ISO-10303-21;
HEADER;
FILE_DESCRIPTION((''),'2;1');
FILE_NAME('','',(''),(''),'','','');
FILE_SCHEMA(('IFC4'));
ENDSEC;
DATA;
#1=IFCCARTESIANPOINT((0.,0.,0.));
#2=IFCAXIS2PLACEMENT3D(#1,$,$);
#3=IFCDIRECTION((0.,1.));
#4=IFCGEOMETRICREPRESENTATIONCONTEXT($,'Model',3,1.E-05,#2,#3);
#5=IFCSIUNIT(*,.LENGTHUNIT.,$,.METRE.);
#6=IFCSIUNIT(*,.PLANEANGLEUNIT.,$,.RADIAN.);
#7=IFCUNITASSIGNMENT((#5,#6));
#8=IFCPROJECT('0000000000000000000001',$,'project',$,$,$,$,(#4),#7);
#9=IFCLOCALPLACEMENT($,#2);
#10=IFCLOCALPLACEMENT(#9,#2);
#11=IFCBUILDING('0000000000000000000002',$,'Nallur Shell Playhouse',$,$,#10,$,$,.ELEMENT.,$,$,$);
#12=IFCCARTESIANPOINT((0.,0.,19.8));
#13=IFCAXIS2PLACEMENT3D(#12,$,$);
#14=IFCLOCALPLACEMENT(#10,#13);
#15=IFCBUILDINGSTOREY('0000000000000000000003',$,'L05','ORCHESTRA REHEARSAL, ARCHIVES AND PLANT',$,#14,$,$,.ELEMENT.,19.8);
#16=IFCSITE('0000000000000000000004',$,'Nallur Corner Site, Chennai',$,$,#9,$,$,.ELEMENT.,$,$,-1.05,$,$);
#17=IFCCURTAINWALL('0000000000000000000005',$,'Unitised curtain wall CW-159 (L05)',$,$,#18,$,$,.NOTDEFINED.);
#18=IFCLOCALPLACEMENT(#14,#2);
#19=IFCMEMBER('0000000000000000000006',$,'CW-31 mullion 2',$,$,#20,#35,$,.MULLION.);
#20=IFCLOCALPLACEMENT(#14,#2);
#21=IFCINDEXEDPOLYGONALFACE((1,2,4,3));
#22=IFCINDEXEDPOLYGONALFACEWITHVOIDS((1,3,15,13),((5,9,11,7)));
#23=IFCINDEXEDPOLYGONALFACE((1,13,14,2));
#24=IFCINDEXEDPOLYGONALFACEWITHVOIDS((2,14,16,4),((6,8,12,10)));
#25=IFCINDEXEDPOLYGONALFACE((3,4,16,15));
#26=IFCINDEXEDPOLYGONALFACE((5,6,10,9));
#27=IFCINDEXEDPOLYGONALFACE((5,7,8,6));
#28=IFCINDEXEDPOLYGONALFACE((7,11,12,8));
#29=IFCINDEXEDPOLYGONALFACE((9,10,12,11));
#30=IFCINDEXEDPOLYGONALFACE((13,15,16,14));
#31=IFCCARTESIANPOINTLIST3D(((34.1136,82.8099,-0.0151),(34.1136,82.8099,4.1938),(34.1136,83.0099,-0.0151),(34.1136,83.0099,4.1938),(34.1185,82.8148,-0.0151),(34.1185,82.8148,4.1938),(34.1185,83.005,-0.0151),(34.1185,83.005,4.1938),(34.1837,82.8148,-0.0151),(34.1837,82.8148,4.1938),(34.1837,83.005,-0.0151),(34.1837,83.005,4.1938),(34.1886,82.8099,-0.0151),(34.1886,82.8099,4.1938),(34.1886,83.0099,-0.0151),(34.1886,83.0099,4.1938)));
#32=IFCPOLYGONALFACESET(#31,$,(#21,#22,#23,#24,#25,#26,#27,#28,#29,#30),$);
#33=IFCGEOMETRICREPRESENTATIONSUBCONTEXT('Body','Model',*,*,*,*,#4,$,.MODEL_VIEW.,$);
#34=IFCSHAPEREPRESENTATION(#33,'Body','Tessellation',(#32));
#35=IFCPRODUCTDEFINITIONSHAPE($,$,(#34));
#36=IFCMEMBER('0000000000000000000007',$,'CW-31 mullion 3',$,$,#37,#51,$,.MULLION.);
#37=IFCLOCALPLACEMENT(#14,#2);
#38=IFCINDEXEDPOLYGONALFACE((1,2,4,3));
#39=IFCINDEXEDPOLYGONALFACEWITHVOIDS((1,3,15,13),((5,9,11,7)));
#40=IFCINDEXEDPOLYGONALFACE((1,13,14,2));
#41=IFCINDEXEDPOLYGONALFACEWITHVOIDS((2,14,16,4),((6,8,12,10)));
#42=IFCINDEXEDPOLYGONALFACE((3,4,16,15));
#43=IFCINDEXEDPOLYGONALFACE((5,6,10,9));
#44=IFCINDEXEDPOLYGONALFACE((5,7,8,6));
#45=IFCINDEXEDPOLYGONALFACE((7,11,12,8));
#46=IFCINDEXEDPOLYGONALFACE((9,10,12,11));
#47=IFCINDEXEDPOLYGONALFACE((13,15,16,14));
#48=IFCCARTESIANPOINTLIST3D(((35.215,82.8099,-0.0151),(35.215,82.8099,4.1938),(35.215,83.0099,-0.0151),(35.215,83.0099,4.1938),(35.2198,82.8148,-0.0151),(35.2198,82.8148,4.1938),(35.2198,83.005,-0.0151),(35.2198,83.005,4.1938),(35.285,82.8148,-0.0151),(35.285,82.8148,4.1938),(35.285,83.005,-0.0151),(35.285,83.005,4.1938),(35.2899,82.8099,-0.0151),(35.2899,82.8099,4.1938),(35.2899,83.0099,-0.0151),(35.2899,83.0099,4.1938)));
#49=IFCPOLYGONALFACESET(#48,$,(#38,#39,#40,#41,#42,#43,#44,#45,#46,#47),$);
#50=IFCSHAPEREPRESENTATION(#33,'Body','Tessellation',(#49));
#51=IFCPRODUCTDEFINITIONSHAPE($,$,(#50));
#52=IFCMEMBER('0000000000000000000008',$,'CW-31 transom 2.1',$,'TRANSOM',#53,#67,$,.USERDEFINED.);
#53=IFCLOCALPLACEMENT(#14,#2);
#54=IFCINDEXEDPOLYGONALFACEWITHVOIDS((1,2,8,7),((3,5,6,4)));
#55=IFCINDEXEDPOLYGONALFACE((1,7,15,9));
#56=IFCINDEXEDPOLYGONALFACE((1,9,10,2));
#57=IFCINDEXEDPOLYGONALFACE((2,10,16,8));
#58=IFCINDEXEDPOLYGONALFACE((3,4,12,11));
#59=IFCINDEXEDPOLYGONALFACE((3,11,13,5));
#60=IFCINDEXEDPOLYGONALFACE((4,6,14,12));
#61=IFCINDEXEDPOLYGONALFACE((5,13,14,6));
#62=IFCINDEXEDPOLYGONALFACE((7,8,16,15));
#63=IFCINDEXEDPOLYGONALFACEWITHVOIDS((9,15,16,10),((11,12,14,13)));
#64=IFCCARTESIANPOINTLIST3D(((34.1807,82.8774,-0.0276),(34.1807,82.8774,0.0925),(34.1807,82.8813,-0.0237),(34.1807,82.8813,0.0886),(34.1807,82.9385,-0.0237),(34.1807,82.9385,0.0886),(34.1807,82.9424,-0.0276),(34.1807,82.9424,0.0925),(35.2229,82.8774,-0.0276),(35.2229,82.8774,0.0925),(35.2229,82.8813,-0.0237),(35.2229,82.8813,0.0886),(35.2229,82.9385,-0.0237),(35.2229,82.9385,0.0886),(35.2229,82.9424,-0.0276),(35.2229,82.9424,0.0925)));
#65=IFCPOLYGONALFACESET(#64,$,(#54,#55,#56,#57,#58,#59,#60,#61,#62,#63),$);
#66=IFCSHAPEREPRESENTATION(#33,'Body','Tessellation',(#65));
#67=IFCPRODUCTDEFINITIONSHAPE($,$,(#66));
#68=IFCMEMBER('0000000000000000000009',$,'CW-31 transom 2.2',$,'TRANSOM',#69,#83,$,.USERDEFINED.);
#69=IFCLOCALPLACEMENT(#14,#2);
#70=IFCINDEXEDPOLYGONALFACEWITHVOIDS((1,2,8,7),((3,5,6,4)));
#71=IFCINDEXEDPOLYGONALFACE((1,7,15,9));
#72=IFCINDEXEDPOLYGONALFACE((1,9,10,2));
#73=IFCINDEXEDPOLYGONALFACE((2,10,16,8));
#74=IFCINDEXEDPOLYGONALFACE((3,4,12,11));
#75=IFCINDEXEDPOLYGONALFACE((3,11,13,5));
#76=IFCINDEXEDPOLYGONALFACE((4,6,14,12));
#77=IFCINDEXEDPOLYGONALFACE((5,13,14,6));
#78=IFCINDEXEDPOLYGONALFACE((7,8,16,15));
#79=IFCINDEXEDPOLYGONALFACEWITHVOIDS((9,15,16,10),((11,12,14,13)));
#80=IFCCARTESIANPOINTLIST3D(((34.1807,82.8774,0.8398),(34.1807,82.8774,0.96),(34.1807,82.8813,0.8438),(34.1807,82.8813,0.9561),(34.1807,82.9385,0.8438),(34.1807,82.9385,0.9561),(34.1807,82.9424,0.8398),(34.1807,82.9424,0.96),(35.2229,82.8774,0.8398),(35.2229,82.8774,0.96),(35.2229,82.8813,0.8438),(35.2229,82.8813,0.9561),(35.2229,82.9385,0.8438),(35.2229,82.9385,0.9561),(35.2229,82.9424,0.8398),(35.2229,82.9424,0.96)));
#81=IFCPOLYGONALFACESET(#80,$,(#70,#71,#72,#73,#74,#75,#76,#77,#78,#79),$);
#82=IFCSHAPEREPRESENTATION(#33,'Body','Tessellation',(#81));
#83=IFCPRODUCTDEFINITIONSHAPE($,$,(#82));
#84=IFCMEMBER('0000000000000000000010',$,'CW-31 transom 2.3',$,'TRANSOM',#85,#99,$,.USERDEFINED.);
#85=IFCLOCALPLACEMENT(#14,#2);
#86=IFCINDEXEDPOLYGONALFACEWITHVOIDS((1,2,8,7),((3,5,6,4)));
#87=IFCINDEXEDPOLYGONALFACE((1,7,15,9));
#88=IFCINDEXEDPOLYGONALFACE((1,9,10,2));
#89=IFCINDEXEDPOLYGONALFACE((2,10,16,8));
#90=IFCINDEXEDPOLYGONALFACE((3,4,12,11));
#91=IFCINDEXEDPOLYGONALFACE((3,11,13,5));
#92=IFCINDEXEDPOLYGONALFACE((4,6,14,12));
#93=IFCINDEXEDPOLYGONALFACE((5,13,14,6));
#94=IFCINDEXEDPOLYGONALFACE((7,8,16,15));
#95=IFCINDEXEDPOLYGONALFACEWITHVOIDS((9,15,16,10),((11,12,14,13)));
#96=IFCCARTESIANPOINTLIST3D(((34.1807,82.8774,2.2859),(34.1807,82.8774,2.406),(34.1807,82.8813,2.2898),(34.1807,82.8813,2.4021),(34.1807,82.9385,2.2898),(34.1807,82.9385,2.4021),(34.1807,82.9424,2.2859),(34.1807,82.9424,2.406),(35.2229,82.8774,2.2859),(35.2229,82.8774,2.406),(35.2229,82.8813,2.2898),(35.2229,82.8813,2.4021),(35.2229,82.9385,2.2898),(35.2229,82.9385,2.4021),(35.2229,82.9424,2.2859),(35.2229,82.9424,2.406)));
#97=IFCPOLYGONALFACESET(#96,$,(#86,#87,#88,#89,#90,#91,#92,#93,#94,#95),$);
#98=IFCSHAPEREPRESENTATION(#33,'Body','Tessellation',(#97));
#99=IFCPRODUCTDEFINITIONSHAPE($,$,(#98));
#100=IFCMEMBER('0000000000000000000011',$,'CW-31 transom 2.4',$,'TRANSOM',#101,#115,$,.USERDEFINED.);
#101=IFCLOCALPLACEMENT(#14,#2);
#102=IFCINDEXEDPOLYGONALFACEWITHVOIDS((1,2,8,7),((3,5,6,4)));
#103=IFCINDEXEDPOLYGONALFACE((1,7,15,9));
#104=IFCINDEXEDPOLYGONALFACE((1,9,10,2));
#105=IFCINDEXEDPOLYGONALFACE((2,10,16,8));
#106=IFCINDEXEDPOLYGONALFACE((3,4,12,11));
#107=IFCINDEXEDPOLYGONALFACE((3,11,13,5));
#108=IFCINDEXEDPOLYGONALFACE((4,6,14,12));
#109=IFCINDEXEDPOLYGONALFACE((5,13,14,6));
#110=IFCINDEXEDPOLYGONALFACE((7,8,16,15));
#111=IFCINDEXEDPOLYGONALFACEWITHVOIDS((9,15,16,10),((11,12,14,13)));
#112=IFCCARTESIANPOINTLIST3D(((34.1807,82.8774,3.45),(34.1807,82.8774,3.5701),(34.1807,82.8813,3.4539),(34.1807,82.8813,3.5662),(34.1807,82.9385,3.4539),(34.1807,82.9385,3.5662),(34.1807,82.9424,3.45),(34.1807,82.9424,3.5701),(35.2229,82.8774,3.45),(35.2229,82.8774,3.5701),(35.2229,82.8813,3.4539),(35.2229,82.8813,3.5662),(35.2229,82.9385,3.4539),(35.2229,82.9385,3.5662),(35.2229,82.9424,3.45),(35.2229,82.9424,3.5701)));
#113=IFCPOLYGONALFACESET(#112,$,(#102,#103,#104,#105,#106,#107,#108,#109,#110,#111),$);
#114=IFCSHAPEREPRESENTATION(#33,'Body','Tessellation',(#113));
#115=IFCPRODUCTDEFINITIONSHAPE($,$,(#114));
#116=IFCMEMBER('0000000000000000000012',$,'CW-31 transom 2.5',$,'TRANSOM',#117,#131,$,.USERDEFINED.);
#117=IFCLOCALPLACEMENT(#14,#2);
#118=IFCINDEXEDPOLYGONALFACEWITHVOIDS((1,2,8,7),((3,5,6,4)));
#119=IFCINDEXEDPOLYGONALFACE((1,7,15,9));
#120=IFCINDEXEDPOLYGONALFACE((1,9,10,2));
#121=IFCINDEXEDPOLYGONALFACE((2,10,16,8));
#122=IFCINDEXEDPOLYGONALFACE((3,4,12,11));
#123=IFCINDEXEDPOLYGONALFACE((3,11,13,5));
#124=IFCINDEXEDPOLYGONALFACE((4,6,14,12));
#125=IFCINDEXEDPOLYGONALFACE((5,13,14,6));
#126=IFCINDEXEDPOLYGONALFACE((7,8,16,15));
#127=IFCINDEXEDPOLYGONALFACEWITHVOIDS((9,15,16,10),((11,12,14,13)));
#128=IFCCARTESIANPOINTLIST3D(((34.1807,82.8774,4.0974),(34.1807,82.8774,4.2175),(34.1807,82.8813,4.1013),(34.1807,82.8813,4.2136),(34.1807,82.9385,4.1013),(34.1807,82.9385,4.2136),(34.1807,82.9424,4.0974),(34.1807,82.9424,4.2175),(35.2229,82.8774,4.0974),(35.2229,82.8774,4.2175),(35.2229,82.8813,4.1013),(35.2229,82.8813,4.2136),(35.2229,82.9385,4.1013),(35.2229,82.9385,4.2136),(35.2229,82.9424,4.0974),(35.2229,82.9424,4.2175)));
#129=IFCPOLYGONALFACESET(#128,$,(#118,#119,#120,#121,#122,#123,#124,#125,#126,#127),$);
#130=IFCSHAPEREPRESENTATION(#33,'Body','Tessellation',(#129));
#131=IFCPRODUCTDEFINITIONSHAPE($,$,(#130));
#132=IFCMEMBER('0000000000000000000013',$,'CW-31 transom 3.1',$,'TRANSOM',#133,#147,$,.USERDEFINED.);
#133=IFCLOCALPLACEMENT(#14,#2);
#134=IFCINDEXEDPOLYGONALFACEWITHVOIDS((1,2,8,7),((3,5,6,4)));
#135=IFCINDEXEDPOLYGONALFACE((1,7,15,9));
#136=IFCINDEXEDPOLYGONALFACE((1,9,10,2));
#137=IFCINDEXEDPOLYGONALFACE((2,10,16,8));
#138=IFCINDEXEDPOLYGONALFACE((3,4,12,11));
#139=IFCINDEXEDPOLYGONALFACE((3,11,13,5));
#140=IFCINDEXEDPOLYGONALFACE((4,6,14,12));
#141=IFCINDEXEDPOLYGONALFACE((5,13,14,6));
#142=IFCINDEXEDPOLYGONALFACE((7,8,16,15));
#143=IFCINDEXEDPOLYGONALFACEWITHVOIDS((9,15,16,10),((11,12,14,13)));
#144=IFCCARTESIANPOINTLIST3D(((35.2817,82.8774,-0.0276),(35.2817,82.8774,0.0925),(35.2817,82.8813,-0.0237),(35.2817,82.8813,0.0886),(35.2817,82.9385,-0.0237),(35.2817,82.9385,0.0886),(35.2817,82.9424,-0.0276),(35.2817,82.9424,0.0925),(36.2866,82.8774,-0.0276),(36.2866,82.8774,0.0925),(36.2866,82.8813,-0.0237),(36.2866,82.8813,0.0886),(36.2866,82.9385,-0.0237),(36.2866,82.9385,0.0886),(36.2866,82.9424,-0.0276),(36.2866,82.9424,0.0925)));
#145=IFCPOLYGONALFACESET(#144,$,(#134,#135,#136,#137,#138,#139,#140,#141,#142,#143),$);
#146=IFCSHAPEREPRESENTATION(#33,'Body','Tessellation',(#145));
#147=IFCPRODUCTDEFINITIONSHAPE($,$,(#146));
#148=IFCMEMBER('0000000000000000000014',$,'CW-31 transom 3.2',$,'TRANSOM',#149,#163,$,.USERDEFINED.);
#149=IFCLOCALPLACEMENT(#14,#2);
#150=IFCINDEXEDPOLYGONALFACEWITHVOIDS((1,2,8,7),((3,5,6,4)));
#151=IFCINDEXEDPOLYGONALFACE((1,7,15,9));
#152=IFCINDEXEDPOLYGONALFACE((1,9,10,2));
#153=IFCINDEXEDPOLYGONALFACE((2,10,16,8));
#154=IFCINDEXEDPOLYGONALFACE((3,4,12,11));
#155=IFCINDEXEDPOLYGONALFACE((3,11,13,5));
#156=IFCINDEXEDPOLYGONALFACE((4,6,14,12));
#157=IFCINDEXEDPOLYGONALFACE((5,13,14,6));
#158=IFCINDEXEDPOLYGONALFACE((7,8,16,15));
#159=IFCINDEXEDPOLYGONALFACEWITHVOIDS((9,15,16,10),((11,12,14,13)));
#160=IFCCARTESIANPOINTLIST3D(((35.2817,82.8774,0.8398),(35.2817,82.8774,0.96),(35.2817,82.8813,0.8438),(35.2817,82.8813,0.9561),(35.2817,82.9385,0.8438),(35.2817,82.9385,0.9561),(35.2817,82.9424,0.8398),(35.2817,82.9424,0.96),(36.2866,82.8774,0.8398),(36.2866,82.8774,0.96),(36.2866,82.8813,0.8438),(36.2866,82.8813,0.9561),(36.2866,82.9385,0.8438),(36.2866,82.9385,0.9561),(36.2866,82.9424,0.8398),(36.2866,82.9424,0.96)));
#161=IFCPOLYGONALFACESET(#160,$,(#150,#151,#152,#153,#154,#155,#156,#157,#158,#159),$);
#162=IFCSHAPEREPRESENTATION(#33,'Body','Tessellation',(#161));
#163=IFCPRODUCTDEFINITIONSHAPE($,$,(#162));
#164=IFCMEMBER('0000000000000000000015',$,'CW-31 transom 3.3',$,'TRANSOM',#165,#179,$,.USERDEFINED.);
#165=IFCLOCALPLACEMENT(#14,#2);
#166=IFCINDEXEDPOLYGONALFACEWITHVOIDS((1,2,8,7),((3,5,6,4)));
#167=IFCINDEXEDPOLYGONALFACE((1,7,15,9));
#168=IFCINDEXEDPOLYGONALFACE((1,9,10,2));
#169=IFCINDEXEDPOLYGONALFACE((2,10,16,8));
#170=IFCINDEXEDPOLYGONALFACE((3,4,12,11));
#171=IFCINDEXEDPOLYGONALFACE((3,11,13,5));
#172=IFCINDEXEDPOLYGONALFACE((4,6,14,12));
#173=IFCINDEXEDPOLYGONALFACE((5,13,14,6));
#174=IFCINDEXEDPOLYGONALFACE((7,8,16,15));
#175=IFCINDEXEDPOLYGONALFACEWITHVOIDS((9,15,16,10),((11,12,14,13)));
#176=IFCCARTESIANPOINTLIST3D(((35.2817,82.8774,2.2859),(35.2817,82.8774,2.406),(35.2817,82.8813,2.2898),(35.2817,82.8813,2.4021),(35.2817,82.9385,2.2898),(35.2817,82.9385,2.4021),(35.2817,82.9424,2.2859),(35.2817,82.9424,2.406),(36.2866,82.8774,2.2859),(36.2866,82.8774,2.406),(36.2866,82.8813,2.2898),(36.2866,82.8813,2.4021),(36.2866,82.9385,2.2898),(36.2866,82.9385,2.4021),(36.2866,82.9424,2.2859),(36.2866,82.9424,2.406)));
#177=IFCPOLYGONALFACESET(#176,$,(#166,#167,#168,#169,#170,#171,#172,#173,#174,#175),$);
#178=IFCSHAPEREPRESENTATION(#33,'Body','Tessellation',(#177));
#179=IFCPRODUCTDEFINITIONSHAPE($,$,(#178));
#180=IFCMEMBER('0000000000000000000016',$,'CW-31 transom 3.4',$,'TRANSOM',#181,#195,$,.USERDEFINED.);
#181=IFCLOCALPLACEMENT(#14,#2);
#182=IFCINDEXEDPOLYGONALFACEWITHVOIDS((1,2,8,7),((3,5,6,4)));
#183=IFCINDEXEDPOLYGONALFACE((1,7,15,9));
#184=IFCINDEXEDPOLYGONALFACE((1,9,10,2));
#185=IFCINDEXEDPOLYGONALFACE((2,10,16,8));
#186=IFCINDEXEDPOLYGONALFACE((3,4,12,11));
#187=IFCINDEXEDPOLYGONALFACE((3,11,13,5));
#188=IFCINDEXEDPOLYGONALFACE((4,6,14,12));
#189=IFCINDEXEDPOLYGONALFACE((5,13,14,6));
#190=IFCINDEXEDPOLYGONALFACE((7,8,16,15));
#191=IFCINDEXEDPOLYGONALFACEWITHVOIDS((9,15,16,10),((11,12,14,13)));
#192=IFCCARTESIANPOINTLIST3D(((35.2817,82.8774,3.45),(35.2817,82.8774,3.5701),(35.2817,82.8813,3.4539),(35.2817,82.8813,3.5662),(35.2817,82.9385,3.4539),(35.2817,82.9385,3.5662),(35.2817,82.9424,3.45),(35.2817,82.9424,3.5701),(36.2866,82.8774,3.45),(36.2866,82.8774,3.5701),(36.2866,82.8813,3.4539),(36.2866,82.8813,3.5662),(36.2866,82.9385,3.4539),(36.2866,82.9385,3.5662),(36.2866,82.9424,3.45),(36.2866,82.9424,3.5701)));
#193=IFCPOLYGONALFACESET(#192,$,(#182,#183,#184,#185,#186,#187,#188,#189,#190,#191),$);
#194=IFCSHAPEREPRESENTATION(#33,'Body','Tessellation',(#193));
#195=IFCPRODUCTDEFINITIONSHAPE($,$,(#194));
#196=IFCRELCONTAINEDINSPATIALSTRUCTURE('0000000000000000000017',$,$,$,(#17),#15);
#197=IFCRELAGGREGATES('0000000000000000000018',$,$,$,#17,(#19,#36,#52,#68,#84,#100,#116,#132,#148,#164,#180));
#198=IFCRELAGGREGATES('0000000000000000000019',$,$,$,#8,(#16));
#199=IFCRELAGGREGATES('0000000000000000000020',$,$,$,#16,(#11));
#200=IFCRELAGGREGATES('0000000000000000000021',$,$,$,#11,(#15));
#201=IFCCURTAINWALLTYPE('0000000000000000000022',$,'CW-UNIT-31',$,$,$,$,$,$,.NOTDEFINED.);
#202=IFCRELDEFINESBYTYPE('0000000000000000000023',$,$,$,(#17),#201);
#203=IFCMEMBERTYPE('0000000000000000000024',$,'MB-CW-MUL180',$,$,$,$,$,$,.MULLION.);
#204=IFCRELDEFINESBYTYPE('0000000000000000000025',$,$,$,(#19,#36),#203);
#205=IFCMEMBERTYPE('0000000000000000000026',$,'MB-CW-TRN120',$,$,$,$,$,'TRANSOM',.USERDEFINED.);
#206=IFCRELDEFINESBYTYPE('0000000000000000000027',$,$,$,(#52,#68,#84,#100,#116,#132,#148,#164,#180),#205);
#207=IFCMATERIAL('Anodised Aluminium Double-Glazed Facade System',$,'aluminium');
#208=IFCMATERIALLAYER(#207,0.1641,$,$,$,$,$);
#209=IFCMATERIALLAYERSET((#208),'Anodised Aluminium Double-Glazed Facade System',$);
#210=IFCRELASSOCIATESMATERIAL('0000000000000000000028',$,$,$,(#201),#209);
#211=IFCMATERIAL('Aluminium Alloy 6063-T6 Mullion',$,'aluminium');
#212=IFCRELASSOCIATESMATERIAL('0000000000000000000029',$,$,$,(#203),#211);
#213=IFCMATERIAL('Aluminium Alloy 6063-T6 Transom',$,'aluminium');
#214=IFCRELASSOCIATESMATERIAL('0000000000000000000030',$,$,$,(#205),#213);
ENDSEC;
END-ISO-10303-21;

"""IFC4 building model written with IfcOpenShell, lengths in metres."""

from ifc_helpers import new_model, si_unit, direction, frame, origin, origin_2d, place, context, subcontext, project, spatial, hollow_rectangle, extrude, material, layer, layer_set, material_profile, profile_set, type_object, element, aggregate, save


model = new_model("IFC4")

# Units and contexts
model_context = context("Model", 3, precision=1e-05, world=origin(), true_north=direction((0.0, 1.0)))
body_context = subcontext(model_context, "Body", "Model", "MODEL_VIEW")
ifc_project = project(units=[si_unit("LENGTHUNIT", "METRE"), si_unit("PLANEANGLEUNIT", "RADIAN")], contexts=[model_context])

# Site, building, storey
site_placement = place(None, origin())
site = spatial("IfcSite", under=ifc_project, at=site_placement, Name="Nallur Corner Site, Chennai", CompositionType="ELEMENT", RefElevation=-1.05)
building_placement = place(site_placement, origin())
building = spatial("IfcBuilding", under=site, at=building_placement, Name="Nallur Shell Playhouse", CompositionType="ELEMENT")
storey_placement = place(building_placement, frame((0.0, 0.0, 19.8)))
storey = spatial("IfcBuildingStorey", under=building, at=storey_placement, Name="L05", Description="ORCHESTRA REHEARSAL, ARCHIVES AND PLANT", CompositionType="ELEMENT", Elevation=19.8)

# Curtain wall, members
ifc_material_1 = material(Name="Anodised Aluminium Double-Glazed Facade System", Category="aluminium")
ifc_layer_1 = layer(ifc_material_1, 0.1641)
ifc_layer_set_1 = layer_set([ifc_layer_1], Name="Anodised Aluminium Double-Glazed Facade System")
curtain_wall_type = type_object("IfcCurtainWallType", Name="CW-UNIT-31", PredefinedType="NOTDEFINED", material=ifc_layer_set_1)
curtain_wall_placement = place(storey_placement, origin())
curtain_wall = element("IfcCurtainWall", 1, at=curtain_wall_placement, inside=storey, type_object=curtain_wall_type, Name="Unitised curtain wall CW-159 (L05)", PredefinedType="NOTDEFINED")
ifc_material_2 = material(Name="Aluminium Alloy 6063-T6 Mullion", Category="aluminium")
ifc_material_profile_1 = material_profile(ifc_material_2, hollow_rectangle(XDim=0.075, YDim=0.2, WallThickness=0.0049, at=origin_2d()), Name="ALU 75x200x5")
ifc_profile_set_1 = profile_set([ifc_material_profile_1], Name="Aluminium Alloy 6063-T6 Mullion")
member_type_1 = type_object("IfcMemberType", Name="MB-CW-MUL180", PredefinedType="MULLION", material=ifc_profile_set_1)
member_1_placement = place(storey_placement, frame((34.1511, 82.9099, -0.0151), z_axis=(0.0, 0.0, 1.0), x_axis=(1.0, 0.0, 0.0)))
member_1 = element("IfcMember", 2, at=member_1_placement, type_object=member_type_1, Name="CW-31 mullion 2", PredefinedType="MULLION", context=body_context, shape_type="SweptSolid", body=[
    extrude(hollow_rectangle(XDim=0.075, YDim=0.2, WallThickness=0.0049, at=origin_2d()), origin(), (0.0, 0.0, 1.0), 4.209),
])
member_2_placement = place(storey_placement, frame((35.2524, 82.9099, -0.0151), z_axis=(0.0, 0.0, 1.0), x_axis=(1.0, 0.0, 0.0)))
member_2 = element("IfcMember", 3, at=member_2_placement, type_object=member_type_1, Name="CW-31 mullion 3", PredefinedType="MULLION", context=body_context, shape_type="SweptSolid", body=[
    extrude(hollow_rectangle(XDim=0.075, YDim=0.2, WallThickness=0.0049, at=origin_2d()), origin(), (0.0, 0.0, 1.0), 4.209),
])
ifc_material_3 = material(Name="Aluminium Alloy 6063-T6 Transom", Category="aluminium")
ifc_material_profile_2 = material_profile(ifc_material_3, hollow_rectangle(XDim=0.0649, YDim=0.1201, WallThickness=0.0039, at=origin_2d()), Name="ALU 65x120x4")
ifc_profile_set_2 = profile_set([ifc_material_profile_2], Name="Aluminium Alloy 6063-T6 Transom")
member_type_2 = type_object("IfcMemberType", Name="MB-CW-TRN120", ElementType="TRANSOM", PredefinedType="USERDEFINED", material=ifc_profile_set_2)
member_3_placement = place(storey_placement, frame((34.1807, 82.9099, 0.0325), z_axis=(1.0, 0.0, 0.0), x_axis=(0.0, 1.0, 0.0)))
member_3 = element("IfcMember", 4, at=member_3_placement, type_object=member_type_2, Name="CW-31 transom 2.1", ObjectType="TRANSOM", PredefinedType="USERDEFINED", context=body_context, shape_type="SweptSolid", body=[
    extrude(hollow_rectangle(XDim=0.0649, YDim=0.1201, WallThickness=0.0039, at=origin_2d()), origin(), (0.0, 0.0, 1.0), 1.0422),
])
member_4_placement = place(storey_placement, frame((34.1807, 82.9099, 0.8999), z_axis=(1.0, 0.0, 0.0), x_axis=(0.0, 1.0, 0.0)))
member_4 = element("IfcMember", 5, at=member_4_placement, type_object=member_type_2, Name="CW-31 transom 2.2", ObjectType="TRANSOM", PredefinedType="USERDEFINED", context=body_context, shape_type="SweptSolid", body=[
    extrude(hollow_rectangle(XDim=0.0649, YDim=0.1201, WallThickness=0.0039, at=origin_2d()), origin(), (0.0, 0.0, 1.0), 1.0422),
])
member_5_placement = place(storey_placement, frame((34.1807, 82.9099, 2.3459), z_axis=(1.0, 0.0, 0.0), x_axis=(0.0, 1.0, 0.0)))
member_5 = element("IfcMember", 6, at=member_5_placement, type_object=member_type_2, Name="CW-31 transom 2.3", ObjectType="TRANSOM", PredefinedType="USERDEFINED", context=body_context, shape_type="SweptSolid", body=[
    extrude(hollow_rectangle(XDim=0.0649, YDim=0.1201, WallThickness=0.0039, at=origin_2d()), origin(), (0.0, 0.0, 1.0), 1.0422),
])
member_6_placement = place(storey_placement, frame((34.1807, 82.9099, 3.51), z_axis=(1.0, 0.0, 0.0), x_axis=(0.0, 1.0, 0.0)))
member_6 = element("IfcMember", 7, at=member_6_placement, type_object=member_type_2, Name="CW-31 transom 2.4", ObjectType="TRANSOM", PredefinedType="USERDEFINED", context=body_context, shape_type="SweptSolid", body=[
    extrude(hollow_rectangle(XDim=0.0649, YDim=0.1201, WallThickness=0.0039, at=origin_2d()), origin(), (0.0, 0.0, 1.0), 1.0422),
])
member_7_placement = place(storey_placement, frame((34.1807, 82.9099, 4.1575), z_axis=(1.0, 0.0, 0.0), x_axis=(0.0, 1.0, 0.0)))
member_7 = element("IfcMember", 8, at=member_7_placement, type_object=member_type_2, Name="CW-31 transom 2.5", ObjectType="TRANSOM", PredefinedType="USERDEFINED", context=body_context, shape_type="SweptSolid", body=[
    extrude(hollow_rectangle(XDim=0.0649, YDim=0.1201, WallThickness=0.0039, at=origin_2d()), origin(), (0.0, 0.0, 1.0), 1.0422),
])
member_8_placement = place(storey_placement, frame((35.2817, 82.9099, 0.0325), z_axis=(1.0, 0.0, 0.0), x_axis=(0.0, 1.0, 0.0)))
member_8 = element("IfcMember", 9, at=member_8_placement, type_object=member_type_2, Name="CW-31 transom 3.1", ObjectType="TRANSOM", PredefinedType="USERDEFINED", context=body_context, shape_type="SweptSolid", body=[
    extrude(hollow_rectangle(XDim=0.0649, YDim=0.1201, WallThickness=0.0039, at=origin_2d()), origin(), (0.0, 0.0, 1.0), 1.0049),
])
member_9_placement = place(storey_placement, frame((35.2817, 82.9099, 0.8999), z_axis=(1.0, 0.0, 0.0), x_axis=(0.0, 1.0, 0.0)))
member_9 = element("IfcMember", 10, at=member_9_placement, type_object=member_type_2, Name="CW-31 transom 3.2", ObjectType="TRANSOM", PredefinedType="USERDEFINED", context=body_context, shape_type="SweptSolid", body=[
    extrude(hollow_rectangle(XDim=0.0649, YDim=0.1201, WallThickness=0.0039, at=origin_2d()), origin(), (0.0, 0.0, 1.0), 1.0049),
])
member_10_placement = place(storey_placement, frame((35.2817, 82.9099, 2.3459), z_axis=(1.0, 0.0, 0.0), x_axis=(0.0, 1.0, 0.0)))
member_10 = element("IfcMember", 11, at=member_10_placement, type_object=member_type_2, Name="CW-31 transom 3.3", ObjectType="TRANSOM", PredefinedType="USERDEFINED", context=body_context, shape_type="SweptSolid", body=[
    extrude(hollow_rectangle(XDim=0.0649, YDim=0.1201, WallThickness=0.0039, at=origin_2d()), origin(), (0.0, 0.0, 1.0), 1.0049),
])
member_11_placement = place(storey_placement, frame((35.2817, 82.9099, 3.51), z_axis=(1.0, 0.0, 0.0), x_axis=(0.0, 1.0, 0.0)))
member_11 = element("IfcMember", 12, at=member_11_placement, type_object=member_type_2, Name="CW-31 transom 3.4", ObjectType="TRANSOM", PredefinedType="USERDEFINED", context=body_context, shape_type="SweptSolid", body=[
    extrude(hollow_rectangle(XDim=0.0649, YDim=0.1201, WallThickness=0.0039, at=origin_2d()), origin(), (0.0, 0.0, 1.0), 1.0049),
])
aggregate(curtain_wall, [member_1, member_2, member_3, member_4, member_5, member_6, member_7, member_8, member_9, member_10, member_11])

save(model, "model.ifc")
